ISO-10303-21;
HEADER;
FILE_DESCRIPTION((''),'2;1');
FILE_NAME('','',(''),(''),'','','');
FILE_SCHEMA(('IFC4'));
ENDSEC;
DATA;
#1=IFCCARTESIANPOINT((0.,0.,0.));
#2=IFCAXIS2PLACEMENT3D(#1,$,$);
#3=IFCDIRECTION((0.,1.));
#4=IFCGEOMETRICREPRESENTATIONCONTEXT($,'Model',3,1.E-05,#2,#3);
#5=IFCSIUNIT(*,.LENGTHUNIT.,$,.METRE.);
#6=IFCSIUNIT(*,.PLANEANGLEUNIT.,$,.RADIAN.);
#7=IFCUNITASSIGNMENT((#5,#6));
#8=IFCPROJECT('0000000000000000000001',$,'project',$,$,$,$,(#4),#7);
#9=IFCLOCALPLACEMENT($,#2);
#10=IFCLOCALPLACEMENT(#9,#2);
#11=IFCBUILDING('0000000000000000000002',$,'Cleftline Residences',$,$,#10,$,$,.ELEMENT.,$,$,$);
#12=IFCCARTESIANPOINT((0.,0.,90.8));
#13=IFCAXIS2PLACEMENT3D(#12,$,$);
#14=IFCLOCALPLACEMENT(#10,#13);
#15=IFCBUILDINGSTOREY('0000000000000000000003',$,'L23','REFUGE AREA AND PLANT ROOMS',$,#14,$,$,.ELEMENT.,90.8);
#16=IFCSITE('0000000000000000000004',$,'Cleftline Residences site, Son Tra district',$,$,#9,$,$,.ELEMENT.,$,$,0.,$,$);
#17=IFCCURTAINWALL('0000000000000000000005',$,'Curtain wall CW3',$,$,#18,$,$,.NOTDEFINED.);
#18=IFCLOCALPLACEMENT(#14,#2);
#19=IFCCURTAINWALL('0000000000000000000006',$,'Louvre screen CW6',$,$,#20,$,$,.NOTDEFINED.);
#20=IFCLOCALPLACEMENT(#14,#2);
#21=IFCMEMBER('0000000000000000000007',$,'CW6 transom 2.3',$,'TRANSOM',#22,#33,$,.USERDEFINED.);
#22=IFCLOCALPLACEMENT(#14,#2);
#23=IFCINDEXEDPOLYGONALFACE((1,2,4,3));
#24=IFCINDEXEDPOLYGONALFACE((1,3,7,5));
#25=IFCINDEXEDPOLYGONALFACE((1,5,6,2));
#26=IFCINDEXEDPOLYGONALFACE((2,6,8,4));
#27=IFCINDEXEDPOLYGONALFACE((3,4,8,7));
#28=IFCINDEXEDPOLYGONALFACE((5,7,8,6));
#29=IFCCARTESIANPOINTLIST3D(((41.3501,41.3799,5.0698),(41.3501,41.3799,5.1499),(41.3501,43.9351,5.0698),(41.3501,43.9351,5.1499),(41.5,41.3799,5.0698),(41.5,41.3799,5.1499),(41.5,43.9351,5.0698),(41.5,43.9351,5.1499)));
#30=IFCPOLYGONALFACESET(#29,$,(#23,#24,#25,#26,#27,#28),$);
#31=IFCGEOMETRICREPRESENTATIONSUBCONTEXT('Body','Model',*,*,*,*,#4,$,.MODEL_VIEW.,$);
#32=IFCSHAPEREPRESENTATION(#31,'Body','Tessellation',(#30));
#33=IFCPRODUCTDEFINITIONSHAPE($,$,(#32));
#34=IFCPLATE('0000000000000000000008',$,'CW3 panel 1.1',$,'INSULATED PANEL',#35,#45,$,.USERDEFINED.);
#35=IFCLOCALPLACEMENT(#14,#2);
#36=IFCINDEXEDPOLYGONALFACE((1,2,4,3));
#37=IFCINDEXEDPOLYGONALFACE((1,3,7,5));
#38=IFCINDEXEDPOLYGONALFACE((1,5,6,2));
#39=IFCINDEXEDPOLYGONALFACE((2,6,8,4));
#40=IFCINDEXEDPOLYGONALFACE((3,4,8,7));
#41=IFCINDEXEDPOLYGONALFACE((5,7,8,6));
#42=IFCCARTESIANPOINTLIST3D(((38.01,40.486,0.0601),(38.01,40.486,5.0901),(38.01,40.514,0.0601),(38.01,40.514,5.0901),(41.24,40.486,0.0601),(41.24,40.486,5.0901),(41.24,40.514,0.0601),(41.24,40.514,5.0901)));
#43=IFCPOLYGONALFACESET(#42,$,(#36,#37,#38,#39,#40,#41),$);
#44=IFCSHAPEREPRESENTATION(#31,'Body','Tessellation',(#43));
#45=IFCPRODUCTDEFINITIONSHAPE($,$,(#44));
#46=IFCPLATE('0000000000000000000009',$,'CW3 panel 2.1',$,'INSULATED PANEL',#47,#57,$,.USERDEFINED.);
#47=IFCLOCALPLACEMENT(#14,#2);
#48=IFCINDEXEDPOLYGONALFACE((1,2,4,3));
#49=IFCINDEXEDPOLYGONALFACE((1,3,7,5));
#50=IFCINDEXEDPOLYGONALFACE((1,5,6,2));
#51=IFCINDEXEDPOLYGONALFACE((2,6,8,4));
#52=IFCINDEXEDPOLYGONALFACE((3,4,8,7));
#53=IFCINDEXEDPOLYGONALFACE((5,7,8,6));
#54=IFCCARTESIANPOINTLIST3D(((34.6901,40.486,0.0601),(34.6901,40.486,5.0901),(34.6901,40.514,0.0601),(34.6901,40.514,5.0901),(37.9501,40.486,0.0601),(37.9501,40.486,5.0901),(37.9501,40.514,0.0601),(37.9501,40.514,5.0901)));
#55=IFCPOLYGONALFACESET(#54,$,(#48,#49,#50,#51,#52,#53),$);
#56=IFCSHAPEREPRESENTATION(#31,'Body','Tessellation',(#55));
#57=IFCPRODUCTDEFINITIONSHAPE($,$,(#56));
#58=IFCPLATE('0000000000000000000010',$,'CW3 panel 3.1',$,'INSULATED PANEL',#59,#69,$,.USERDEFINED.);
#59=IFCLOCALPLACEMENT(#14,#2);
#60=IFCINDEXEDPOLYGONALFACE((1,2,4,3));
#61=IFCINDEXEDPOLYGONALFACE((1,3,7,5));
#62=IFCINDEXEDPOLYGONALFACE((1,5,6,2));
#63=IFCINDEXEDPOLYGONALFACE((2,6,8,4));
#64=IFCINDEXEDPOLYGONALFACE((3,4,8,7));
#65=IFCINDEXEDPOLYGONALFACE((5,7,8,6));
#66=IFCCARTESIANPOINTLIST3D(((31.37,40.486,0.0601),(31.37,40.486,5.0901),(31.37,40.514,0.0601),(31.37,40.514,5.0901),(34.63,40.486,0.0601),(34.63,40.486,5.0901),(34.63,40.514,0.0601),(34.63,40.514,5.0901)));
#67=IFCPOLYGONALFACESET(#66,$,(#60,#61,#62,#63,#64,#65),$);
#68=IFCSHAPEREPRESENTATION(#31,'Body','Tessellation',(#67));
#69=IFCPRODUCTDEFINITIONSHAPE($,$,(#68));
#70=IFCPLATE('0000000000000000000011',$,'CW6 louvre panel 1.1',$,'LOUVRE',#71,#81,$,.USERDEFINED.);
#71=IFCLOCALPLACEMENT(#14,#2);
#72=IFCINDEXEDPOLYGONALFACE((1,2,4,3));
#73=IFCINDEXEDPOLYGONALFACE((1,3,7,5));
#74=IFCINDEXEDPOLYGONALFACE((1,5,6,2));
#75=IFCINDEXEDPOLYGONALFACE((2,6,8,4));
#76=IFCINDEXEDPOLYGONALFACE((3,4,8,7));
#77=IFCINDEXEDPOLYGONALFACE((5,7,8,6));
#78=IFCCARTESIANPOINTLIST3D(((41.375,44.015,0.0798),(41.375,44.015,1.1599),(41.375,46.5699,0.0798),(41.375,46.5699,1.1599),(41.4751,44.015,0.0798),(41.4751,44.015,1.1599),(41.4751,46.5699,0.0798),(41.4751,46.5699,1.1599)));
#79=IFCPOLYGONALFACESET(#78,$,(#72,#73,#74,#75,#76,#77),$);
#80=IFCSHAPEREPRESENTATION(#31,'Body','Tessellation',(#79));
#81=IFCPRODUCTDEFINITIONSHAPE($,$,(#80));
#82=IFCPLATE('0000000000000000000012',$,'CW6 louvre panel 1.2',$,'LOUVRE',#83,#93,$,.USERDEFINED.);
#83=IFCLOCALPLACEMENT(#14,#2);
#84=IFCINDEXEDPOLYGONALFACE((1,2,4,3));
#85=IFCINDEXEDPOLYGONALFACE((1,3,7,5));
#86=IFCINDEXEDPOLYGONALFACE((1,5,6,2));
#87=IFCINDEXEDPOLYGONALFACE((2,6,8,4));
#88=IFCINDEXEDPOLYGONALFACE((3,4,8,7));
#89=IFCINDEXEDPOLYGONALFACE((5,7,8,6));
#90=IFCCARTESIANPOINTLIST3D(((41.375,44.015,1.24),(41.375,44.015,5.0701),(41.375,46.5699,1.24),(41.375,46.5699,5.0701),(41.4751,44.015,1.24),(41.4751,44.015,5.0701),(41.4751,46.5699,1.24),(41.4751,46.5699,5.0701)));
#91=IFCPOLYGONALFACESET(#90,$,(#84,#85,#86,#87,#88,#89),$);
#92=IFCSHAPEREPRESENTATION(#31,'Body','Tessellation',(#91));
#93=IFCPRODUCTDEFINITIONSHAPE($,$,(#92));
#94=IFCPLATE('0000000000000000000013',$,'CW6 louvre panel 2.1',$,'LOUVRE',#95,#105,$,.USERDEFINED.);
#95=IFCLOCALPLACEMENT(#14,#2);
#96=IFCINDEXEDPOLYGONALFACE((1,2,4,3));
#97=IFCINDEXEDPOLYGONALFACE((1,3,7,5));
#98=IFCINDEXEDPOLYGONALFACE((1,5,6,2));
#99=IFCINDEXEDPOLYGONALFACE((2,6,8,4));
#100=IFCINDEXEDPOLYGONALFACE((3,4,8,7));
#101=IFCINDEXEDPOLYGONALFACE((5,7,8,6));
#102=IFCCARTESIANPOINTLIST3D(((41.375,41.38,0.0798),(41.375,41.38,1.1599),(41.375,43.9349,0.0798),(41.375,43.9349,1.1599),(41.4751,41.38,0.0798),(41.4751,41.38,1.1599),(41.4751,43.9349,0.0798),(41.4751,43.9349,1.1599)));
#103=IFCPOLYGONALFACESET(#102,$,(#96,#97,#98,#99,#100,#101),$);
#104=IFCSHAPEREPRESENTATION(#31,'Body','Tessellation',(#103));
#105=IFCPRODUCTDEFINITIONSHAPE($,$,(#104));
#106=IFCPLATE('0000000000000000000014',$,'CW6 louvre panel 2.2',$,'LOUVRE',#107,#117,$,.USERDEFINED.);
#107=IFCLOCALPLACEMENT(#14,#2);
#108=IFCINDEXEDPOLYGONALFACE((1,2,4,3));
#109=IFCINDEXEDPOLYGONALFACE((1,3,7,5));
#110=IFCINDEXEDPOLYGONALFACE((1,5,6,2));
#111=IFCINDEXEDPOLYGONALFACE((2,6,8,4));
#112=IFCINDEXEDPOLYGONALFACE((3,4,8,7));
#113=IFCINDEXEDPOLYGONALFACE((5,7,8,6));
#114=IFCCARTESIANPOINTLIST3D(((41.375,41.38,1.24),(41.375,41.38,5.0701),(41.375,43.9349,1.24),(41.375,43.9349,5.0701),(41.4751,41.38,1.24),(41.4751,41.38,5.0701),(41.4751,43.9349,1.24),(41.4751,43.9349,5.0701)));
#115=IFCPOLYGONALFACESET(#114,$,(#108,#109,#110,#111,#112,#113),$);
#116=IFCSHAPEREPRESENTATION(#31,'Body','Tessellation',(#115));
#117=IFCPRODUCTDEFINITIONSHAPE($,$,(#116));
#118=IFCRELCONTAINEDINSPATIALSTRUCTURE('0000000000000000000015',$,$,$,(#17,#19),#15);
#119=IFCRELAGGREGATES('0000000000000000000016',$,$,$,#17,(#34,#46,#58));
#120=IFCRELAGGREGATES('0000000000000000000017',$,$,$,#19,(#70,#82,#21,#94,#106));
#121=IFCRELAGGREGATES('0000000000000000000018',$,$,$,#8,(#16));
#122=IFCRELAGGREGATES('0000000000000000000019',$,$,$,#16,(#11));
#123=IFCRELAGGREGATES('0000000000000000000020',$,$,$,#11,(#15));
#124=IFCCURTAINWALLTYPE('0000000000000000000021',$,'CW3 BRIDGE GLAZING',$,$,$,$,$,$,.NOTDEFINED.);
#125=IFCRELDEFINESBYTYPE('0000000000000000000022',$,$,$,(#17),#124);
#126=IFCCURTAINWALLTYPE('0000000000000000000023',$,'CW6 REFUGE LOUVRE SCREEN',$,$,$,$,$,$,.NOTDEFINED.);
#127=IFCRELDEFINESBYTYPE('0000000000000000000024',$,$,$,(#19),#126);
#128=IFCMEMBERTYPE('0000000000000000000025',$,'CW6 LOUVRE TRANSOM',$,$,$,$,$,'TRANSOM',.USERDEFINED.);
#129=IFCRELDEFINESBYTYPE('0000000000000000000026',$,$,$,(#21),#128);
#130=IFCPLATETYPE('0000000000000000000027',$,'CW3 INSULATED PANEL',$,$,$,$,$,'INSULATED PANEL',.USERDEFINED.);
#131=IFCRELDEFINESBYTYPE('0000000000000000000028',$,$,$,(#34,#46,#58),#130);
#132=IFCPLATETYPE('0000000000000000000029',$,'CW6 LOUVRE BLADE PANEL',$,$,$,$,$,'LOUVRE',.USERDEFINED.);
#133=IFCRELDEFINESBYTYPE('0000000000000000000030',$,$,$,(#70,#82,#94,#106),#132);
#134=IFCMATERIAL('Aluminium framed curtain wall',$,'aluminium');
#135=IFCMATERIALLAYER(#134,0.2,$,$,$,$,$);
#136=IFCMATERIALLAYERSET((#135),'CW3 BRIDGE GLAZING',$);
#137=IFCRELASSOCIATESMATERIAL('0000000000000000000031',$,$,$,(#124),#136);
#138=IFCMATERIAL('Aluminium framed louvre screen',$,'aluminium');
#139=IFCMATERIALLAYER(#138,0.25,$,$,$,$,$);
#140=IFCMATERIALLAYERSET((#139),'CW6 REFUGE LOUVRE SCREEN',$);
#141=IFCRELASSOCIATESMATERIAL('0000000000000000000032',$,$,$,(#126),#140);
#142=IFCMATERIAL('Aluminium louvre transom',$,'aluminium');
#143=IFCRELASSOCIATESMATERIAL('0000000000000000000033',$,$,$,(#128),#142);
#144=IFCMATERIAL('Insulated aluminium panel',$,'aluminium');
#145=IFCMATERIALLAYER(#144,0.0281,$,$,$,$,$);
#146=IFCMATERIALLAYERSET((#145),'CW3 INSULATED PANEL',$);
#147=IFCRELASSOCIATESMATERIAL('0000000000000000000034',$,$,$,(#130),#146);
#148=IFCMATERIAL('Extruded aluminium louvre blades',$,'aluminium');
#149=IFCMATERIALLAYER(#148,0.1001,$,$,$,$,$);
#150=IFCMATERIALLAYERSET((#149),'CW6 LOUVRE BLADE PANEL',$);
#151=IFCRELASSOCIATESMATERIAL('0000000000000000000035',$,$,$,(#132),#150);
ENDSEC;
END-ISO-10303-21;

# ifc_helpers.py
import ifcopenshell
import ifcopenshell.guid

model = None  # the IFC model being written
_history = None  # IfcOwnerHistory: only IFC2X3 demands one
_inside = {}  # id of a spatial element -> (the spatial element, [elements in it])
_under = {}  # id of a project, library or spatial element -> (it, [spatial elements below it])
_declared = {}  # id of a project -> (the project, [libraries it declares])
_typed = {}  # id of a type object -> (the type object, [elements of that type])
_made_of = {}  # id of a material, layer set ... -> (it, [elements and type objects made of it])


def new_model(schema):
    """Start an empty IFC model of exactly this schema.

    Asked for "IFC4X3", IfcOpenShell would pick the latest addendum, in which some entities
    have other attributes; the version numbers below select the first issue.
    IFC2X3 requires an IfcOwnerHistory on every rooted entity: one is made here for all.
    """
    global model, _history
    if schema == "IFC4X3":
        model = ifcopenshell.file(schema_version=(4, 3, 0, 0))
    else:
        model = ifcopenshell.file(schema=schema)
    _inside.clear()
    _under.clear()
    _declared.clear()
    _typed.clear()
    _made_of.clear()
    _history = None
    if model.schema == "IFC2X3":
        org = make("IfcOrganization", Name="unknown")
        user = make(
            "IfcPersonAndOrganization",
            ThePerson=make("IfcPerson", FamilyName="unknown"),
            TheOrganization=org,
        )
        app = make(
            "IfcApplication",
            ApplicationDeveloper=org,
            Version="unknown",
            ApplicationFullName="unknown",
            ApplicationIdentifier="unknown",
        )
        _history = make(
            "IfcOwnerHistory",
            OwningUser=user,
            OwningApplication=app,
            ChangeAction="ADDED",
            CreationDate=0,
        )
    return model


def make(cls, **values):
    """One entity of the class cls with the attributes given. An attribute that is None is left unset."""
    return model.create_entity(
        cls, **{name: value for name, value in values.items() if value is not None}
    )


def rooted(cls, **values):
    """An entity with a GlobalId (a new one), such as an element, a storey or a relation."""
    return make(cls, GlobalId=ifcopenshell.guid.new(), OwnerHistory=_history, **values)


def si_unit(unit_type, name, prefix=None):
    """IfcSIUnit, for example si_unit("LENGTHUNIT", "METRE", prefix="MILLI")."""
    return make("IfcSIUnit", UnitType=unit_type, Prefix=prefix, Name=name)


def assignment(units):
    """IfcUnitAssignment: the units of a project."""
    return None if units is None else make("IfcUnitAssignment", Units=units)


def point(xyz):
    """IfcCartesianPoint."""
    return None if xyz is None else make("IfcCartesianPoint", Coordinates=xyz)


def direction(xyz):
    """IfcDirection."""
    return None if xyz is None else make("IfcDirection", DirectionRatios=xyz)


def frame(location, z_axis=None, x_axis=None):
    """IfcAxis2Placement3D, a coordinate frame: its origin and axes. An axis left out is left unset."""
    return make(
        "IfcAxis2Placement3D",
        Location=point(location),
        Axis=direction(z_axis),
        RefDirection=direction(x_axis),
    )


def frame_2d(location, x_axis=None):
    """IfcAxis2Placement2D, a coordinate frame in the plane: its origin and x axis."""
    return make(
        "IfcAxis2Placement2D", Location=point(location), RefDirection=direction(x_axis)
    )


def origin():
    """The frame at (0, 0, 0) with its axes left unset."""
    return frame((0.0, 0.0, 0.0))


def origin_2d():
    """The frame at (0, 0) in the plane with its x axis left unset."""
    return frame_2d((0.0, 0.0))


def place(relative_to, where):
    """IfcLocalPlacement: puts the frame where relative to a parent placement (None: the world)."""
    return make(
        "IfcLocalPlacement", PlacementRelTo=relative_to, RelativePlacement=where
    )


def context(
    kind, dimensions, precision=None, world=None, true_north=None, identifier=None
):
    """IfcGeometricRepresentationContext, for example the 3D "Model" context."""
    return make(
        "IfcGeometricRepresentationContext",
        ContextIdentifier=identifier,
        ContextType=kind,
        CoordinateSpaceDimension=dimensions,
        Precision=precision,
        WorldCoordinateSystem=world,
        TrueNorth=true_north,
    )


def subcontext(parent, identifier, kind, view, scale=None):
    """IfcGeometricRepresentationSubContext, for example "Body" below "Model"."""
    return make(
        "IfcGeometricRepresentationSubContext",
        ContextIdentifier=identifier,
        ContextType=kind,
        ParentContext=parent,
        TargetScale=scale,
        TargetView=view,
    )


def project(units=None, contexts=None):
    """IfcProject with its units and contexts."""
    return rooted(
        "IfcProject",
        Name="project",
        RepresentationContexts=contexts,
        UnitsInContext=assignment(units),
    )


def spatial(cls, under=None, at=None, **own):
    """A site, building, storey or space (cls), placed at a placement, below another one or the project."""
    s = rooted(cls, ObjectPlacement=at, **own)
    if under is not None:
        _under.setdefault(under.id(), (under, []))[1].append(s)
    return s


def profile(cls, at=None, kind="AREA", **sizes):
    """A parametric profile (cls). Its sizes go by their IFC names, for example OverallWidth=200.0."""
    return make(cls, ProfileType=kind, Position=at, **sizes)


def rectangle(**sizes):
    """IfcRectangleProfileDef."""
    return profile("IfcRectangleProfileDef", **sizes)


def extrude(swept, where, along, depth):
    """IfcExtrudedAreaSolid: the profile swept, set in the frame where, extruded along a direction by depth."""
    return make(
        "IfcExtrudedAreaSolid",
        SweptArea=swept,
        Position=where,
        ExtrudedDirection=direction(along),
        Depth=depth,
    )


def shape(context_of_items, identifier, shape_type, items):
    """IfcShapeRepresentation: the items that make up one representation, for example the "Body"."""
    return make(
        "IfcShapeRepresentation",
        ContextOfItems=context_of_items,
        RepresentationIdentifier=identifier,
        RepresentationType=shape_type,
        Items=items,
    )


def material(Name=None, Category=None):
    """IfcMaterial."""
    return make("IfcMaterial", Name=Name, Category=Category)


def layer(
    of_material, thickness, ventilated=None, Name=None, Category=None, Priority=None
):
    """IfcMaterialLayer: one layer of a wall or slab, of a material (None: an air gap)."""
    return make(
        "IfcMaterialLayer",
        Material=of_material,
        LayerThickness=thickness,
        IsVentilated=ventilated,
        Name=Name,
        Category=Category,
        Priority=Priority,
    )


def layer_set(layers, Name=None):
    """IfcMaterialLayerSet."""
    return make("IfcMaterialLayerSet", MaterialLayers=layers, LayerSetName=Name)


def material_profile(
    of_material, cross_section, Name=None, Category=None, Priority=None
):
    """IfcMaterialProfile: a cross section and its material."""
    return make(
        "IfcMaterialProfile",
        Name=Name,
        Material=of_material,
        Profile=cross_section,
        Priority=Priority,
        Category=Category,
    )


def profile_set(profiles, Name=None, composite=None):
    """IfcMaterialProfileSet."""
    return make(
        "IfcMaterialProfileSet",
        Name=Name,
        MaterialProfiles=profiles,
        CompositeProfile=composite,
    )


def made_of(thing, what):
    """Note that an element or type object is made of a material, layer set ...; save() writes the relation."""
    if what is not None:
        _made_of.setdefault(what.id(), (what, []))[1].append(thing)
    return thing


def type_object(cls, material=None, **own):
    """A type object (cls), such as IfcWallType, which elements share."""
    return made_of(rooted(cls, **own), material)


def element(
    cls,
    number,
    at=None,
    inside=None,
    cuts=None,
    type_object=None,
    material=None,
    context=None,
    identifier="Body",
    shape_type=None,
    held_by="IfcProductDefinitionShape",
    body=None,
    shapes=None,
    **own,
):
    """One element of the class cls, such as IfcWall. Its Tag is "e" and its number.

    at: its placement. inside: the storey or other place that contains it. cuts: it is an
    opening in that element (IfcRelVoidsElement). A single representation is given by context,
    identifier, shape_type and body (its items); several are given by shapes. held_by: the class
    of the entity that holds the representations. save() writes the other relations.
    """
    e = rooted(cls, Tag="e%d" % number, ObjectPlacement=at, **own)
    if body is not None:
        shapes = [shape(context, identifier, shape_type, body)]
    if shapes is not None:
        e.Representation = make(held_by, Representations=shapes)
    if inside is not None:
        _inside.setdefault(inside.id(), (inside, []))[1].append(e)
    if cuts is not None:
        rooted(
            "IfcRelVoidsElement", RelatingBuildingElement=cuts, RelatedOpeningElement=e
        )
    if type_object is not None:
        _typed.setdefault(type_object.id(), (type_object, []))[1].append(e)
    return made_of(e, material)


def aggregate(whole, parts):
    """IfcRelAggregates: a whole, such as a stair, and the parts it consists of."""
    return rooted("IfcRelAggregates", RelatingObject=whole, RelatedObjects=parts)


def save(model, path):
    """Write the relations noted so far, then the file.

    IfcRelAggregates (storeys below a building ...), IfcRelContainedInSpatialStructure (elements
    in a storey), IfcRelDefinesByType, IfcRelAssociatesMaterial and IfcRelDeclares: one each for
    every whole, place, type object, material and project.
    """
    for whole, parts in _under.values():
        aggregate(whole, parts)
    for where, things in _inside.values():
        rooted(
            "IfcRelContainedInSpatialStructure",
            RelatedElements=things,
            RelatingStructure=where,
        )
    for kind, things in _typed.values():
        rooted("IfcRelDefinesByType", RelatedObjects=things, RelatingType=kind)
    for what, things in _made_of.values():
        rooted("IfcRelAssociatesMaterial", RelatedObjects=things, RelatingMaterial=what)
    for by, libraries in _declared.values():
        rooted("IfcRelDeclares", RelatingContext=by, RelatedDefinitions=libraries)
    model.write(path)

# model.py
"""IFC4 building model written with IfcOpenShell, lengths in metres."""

from ifc_helpers import new_model, si_unit, direction, frame, origin, origin_2d, place, context, subcontext, project, spatial, rectangle, extrude, material, layer, layer_set, material_profile, profile_set, type_object, element, aggregate, save


model = new_model("IFC4")

# Units and contexts
model_context = context("Model", 3, precision=1e-05, world=origin(), true_north=direction((0.0, 1.0)))
body_context = subcontext(model_context, "Body", "Model", "MODEL_VIEW")
ifc_project = project(units=[si_unit("LENGTHUNIT", "METRE"), si_unit("PLANEANGLEUNIT", "RADIAN")], contexts=[model_context])

# Site, building, storey
site_placement = place(None, origin())
site = spatial("IfcSite", under=ifc_project, at=site_placement, Name="Cleftline Residences site, Son Tra district", CompositionType="ELEMENT", RefElevation=0.0)
building_placement = place(site_placement, origin())
building = spatial("IfcBuilding", under=site, at=building_placement, Name="Cleftline Residences", CompositionType="ELEMENT")
storey_placement = place(building_placement, frame((0.0, 0.0, 90.8)))
storey = spatial("IfcBuildingStorey", under=building, at=storey_placement, Name="L23", Description="REFUGE AREA AND PLANT ROOMS", CompositionType="ELEMENT", Elevation=90.8)

# Curtain wall
ifc_material_1 = material(Name="Aluminium framed curtain wall", Category="aluminium")
ifc_layer_1 = layer(ifc_material_1, 0.2)
ifc_layer_set_1 = layer_set([ifc_layer_1], Name="CW3 BRIDGE GLAZING")
curtain_wall_type_1 = type_object("IfcCurtainWallType", Name="CW3 BRIDGE GLAZING", PredefinedType="NOTDEFINED", material=ifc_layer_set_1)
curtain_wall_1_placement = place(storey_placement, origin())
curtain_wall_1 = element("IfcCurtainWall", 1, at=curtain_wall_1_placement, inside=storey, type_object=curtain_wall_type_1, Name="Curtain wall CW3", PredefinedType="NOTDEFINED")

# Curtain wall, member
ifc_material_2 = material(Name="Aluminium framed louvre screen", Category="aluminium")
ifc_layer_2 = layer(ifc_material_2, 0.25)
ifc_layer_set_2 = layer_set([ifc_layer_2], Name="CW6 REFUGE LOUVRE SCREEN")
curtain_wall_type_2 = type_object("IfcCurtainWallType", Name="CW6 REFUGE LOUVRE SCREEN", PredefinedType="NOTDEFINED", material=ifc_layer_set_2)
curtain_wall_2_placement = place(storey_placement, origin())
curtain_wall_2 = element("IfcCurtainWall", 2, at=curtain_wall_2_placement, inside=storey, type_object=curtain_wall_type_2, Name="Louvre screen CW6", PredefinedType="NOTDEFINED")
ifc_material_3 = material(Name="Aluminium louvre transom", Category="aluminium")
ifc_material_profile_1 = material_profile(ifc_material_3, rectangle(XDim=0.1499, YDim=0.0801, at=origin_2d()))
ifc_profile_set_1 = profile_set([ifc_material_profile_1], Name="Aluminium louvre transom")
member_type_1 = type_object("IfcMemberType", Name="CW6 LOUVRE TRANSOM", ElementType="TRANSOM", PredefinedType="USERDEFINED", material=ifc_profile_set_1)
member_1_placement = place(storey_placement, frame((41.425, 43.9351, 5.1099), z_axis=(0.0, -1.0, 0.0), x_axis=(1.0, 0.0, 0.0)))
member_1 = element("IfcMember", 3, at=member_1_placement, type_object=member_type_1, Name="CW6 transom 2.3", ObjectType="TRANSOM", PredefinedType="USERDEFINED", context=body_context, shape_type="SweptSolid", body=[
    extrude(rectangle(XDim=0.1499, YDim=0.0801, at=origin_2d()), origin(), (0.0, 0.0, 1.0), 2.5552),
])

# Plates
ifc_material_4 = material(Name="Insulated aluminium panel", Category="aluminium")
ifc_layer_3 = layer(ifc_material_4, 0.0281)
ifc_layer_set_3 = layer_set([ifc_layer_3], Name="CW3 INSULATED PANEL")
plate_type_1 = type_object("IfcPlateType", Name="CW3 INSULATED PANEL", ElementType="INSULATED PANEL", PredefinedType="USERDEFINED", material=ifc_layer_set_3)
plate_1_placement = place(storey_placement, frame((39.625, 40.5, 0.0601), z_axis=(0.0, 0.0, 1.0), x_axis=(-1.0, 0.0, 0.0)))
plate_1 = element("IfcPlate", 4, at=plate_1_placement, type_object=plate_type_1, Name="CW3 panel 1.1", ObjectType="INSULATED PANEL", PredefinedType="USERDEFINED", context=body_context, shape_type="SweptSolid", body=[
    extrude(rectangle(XDim=3.23, YDim=0.0281, at=origin_2d()), origin(), (0.0, 0.0, 1.0), 5.03),
])
plate_2_placement = place(storey_placement, frame((36.3201, 40.5, 0.0601), z_axis=(0.0, 0.0, 1.0), x_axis=(-1.0, 0.0, 0.0)))
plate_2 = element("IfcPlate", 5, at=plate_2_placement, type_object=plate_type_1, Name="CW3 panel 2.1", ObjectType="INSULATED PANEL", PredefinedType="USERDEFINED", context=body_context, shape_type="SweptSolid", body=[
    extrude(rectangle(XDim=3.26, YDim=0.0281, at=origin_2d()), origin(), (0.0, 0.0, 1.0), 5.03),
])
plate_3_placement = place(storey_placement, frame((33.0, 40.5, 0.0601), z_axis=(0.0, 0.0, 1.0), x_axis=(-1.0, 0.0, 0.0)))
plate_3 = element("IfcPlate", 6, at=plate_3_placement, type_object=plate_type_1, Name="CW3 panel 3.1", ObjectType="INSULATED PANEL", PredefinedType="USERDEFINED", context=body_context, shape_type="SweptSolid", body=[
    extrude(rectangle(XDim=3.26, YDim=0.0281, at=origin_2d()), origin(), (0.0, 0.0, 1.0), 5.03),
])
aggregate(curtain_wall_1, [plate_1, plate_2, plate_3])
ifc_material_5 = material(Name="Extruded aluminium louvre blades", Category="aluminium")
ifc_layer_4 = layer(ifc_material_5, 0.1001)
ifc_layer_set_4 = layer_set([ifc_layer_4], Name="CW6 LOUVRE BLADE PANEL")
plate_type_2 = type_object("IfcPlateType", Name="CW6 LOUVRE BLADE PANEL", ElementType="LOUVRE", PredefinedType="USERDEFINED", material=ifc_layer_set_4)
plate_4_placement = place(storey_placement, frame((41.425, 45.2925, 0.0798), z_axis=(0.0, 0.0, 1.0), x_axis=(0.0, -1.0, 0.0)))
plate_4 = element("IfcPlate", 7, at=plate_4_placement, type_object=plate_type_2, Name="CW6 louvre panel 1.1", ObjectType="LOUVRE", PredefinedType="USERDEFINED", context=body_context, shape_type="SweptSolid", body=[
    extrude(rectangle(XDim=2.5549, YDim=0.1001, at=origin_2d()), origin(), (0.0, 0.0, 1.0), 1.0801),
])
plate_5_placement = place(storey_placement, frame((41.425, 45.2925, 1.24), z_axis=(0.0, 0.0, 1.0), x_axis=(0.0, -1.0, 0.0)))
plate_5 = element("IfcPlate", 8, at=plate_5_placement, type_object=plate_type_2, Name="CW6 louvre panel 1.2", ObjectType="LOUVRE", PredefinedType="USERDEFINED", context=body_context, shape_type="SweptSolid", body=[
    extrude(rectangle(XDim=2.5549, YDim=0.1001, at=origin_2d()), origin(), (0.0, 0.0, 1.0), 3.8301),
])
plate_6_placement = place(storey_placement, frame((41.425, 42.6575, 0.0798), z_axis=(0.0, 0.0, 1.0), x_axis=(0.0, -1.0, 0.0)))
plate_6 = element("IfcPlate", 9, at=plate_6_placement, type_object=plate_type_2, Name="CW6 louvre panel 2.1", ObjectType="LOUVRE", PredefinedType="USERDEFINED", context=body_context, shape_type="SweptSolid", body=[
    extrude(rectangle(XDim=2.5549, YDim=0.1001, at=origin_2d()), origin(), (0.0, 0.0, 1.0), 1.0801),
])
plate_7_placement = place(storey_placement, frame((41.425, 42.6575, 1.24), z_axis=(0.0, 0.0, 1.0), x_axis=(0.0, -1.0, 0.0)))
plate_7 = element("IfcPlate", 10, at=plate_7_placement, type_object=plate_type_2, Name="CW6 louvre panel 2.2", ObjectType="LOUVRE", PredefinedType="USERDEFINED", context=body_context, shape_type="SweptSolid", body=[
    extrude(rectangle(XDim=2.5549, YDim=0.1001, at=origin_2d()), origin(), (0.0, 0.0, 1.0), 3.8301),
])
aggregate(curtain_wall_2, [plate_4, plate_5, member_1, plate_6, plate_7])

save(model, "model.ifc")
